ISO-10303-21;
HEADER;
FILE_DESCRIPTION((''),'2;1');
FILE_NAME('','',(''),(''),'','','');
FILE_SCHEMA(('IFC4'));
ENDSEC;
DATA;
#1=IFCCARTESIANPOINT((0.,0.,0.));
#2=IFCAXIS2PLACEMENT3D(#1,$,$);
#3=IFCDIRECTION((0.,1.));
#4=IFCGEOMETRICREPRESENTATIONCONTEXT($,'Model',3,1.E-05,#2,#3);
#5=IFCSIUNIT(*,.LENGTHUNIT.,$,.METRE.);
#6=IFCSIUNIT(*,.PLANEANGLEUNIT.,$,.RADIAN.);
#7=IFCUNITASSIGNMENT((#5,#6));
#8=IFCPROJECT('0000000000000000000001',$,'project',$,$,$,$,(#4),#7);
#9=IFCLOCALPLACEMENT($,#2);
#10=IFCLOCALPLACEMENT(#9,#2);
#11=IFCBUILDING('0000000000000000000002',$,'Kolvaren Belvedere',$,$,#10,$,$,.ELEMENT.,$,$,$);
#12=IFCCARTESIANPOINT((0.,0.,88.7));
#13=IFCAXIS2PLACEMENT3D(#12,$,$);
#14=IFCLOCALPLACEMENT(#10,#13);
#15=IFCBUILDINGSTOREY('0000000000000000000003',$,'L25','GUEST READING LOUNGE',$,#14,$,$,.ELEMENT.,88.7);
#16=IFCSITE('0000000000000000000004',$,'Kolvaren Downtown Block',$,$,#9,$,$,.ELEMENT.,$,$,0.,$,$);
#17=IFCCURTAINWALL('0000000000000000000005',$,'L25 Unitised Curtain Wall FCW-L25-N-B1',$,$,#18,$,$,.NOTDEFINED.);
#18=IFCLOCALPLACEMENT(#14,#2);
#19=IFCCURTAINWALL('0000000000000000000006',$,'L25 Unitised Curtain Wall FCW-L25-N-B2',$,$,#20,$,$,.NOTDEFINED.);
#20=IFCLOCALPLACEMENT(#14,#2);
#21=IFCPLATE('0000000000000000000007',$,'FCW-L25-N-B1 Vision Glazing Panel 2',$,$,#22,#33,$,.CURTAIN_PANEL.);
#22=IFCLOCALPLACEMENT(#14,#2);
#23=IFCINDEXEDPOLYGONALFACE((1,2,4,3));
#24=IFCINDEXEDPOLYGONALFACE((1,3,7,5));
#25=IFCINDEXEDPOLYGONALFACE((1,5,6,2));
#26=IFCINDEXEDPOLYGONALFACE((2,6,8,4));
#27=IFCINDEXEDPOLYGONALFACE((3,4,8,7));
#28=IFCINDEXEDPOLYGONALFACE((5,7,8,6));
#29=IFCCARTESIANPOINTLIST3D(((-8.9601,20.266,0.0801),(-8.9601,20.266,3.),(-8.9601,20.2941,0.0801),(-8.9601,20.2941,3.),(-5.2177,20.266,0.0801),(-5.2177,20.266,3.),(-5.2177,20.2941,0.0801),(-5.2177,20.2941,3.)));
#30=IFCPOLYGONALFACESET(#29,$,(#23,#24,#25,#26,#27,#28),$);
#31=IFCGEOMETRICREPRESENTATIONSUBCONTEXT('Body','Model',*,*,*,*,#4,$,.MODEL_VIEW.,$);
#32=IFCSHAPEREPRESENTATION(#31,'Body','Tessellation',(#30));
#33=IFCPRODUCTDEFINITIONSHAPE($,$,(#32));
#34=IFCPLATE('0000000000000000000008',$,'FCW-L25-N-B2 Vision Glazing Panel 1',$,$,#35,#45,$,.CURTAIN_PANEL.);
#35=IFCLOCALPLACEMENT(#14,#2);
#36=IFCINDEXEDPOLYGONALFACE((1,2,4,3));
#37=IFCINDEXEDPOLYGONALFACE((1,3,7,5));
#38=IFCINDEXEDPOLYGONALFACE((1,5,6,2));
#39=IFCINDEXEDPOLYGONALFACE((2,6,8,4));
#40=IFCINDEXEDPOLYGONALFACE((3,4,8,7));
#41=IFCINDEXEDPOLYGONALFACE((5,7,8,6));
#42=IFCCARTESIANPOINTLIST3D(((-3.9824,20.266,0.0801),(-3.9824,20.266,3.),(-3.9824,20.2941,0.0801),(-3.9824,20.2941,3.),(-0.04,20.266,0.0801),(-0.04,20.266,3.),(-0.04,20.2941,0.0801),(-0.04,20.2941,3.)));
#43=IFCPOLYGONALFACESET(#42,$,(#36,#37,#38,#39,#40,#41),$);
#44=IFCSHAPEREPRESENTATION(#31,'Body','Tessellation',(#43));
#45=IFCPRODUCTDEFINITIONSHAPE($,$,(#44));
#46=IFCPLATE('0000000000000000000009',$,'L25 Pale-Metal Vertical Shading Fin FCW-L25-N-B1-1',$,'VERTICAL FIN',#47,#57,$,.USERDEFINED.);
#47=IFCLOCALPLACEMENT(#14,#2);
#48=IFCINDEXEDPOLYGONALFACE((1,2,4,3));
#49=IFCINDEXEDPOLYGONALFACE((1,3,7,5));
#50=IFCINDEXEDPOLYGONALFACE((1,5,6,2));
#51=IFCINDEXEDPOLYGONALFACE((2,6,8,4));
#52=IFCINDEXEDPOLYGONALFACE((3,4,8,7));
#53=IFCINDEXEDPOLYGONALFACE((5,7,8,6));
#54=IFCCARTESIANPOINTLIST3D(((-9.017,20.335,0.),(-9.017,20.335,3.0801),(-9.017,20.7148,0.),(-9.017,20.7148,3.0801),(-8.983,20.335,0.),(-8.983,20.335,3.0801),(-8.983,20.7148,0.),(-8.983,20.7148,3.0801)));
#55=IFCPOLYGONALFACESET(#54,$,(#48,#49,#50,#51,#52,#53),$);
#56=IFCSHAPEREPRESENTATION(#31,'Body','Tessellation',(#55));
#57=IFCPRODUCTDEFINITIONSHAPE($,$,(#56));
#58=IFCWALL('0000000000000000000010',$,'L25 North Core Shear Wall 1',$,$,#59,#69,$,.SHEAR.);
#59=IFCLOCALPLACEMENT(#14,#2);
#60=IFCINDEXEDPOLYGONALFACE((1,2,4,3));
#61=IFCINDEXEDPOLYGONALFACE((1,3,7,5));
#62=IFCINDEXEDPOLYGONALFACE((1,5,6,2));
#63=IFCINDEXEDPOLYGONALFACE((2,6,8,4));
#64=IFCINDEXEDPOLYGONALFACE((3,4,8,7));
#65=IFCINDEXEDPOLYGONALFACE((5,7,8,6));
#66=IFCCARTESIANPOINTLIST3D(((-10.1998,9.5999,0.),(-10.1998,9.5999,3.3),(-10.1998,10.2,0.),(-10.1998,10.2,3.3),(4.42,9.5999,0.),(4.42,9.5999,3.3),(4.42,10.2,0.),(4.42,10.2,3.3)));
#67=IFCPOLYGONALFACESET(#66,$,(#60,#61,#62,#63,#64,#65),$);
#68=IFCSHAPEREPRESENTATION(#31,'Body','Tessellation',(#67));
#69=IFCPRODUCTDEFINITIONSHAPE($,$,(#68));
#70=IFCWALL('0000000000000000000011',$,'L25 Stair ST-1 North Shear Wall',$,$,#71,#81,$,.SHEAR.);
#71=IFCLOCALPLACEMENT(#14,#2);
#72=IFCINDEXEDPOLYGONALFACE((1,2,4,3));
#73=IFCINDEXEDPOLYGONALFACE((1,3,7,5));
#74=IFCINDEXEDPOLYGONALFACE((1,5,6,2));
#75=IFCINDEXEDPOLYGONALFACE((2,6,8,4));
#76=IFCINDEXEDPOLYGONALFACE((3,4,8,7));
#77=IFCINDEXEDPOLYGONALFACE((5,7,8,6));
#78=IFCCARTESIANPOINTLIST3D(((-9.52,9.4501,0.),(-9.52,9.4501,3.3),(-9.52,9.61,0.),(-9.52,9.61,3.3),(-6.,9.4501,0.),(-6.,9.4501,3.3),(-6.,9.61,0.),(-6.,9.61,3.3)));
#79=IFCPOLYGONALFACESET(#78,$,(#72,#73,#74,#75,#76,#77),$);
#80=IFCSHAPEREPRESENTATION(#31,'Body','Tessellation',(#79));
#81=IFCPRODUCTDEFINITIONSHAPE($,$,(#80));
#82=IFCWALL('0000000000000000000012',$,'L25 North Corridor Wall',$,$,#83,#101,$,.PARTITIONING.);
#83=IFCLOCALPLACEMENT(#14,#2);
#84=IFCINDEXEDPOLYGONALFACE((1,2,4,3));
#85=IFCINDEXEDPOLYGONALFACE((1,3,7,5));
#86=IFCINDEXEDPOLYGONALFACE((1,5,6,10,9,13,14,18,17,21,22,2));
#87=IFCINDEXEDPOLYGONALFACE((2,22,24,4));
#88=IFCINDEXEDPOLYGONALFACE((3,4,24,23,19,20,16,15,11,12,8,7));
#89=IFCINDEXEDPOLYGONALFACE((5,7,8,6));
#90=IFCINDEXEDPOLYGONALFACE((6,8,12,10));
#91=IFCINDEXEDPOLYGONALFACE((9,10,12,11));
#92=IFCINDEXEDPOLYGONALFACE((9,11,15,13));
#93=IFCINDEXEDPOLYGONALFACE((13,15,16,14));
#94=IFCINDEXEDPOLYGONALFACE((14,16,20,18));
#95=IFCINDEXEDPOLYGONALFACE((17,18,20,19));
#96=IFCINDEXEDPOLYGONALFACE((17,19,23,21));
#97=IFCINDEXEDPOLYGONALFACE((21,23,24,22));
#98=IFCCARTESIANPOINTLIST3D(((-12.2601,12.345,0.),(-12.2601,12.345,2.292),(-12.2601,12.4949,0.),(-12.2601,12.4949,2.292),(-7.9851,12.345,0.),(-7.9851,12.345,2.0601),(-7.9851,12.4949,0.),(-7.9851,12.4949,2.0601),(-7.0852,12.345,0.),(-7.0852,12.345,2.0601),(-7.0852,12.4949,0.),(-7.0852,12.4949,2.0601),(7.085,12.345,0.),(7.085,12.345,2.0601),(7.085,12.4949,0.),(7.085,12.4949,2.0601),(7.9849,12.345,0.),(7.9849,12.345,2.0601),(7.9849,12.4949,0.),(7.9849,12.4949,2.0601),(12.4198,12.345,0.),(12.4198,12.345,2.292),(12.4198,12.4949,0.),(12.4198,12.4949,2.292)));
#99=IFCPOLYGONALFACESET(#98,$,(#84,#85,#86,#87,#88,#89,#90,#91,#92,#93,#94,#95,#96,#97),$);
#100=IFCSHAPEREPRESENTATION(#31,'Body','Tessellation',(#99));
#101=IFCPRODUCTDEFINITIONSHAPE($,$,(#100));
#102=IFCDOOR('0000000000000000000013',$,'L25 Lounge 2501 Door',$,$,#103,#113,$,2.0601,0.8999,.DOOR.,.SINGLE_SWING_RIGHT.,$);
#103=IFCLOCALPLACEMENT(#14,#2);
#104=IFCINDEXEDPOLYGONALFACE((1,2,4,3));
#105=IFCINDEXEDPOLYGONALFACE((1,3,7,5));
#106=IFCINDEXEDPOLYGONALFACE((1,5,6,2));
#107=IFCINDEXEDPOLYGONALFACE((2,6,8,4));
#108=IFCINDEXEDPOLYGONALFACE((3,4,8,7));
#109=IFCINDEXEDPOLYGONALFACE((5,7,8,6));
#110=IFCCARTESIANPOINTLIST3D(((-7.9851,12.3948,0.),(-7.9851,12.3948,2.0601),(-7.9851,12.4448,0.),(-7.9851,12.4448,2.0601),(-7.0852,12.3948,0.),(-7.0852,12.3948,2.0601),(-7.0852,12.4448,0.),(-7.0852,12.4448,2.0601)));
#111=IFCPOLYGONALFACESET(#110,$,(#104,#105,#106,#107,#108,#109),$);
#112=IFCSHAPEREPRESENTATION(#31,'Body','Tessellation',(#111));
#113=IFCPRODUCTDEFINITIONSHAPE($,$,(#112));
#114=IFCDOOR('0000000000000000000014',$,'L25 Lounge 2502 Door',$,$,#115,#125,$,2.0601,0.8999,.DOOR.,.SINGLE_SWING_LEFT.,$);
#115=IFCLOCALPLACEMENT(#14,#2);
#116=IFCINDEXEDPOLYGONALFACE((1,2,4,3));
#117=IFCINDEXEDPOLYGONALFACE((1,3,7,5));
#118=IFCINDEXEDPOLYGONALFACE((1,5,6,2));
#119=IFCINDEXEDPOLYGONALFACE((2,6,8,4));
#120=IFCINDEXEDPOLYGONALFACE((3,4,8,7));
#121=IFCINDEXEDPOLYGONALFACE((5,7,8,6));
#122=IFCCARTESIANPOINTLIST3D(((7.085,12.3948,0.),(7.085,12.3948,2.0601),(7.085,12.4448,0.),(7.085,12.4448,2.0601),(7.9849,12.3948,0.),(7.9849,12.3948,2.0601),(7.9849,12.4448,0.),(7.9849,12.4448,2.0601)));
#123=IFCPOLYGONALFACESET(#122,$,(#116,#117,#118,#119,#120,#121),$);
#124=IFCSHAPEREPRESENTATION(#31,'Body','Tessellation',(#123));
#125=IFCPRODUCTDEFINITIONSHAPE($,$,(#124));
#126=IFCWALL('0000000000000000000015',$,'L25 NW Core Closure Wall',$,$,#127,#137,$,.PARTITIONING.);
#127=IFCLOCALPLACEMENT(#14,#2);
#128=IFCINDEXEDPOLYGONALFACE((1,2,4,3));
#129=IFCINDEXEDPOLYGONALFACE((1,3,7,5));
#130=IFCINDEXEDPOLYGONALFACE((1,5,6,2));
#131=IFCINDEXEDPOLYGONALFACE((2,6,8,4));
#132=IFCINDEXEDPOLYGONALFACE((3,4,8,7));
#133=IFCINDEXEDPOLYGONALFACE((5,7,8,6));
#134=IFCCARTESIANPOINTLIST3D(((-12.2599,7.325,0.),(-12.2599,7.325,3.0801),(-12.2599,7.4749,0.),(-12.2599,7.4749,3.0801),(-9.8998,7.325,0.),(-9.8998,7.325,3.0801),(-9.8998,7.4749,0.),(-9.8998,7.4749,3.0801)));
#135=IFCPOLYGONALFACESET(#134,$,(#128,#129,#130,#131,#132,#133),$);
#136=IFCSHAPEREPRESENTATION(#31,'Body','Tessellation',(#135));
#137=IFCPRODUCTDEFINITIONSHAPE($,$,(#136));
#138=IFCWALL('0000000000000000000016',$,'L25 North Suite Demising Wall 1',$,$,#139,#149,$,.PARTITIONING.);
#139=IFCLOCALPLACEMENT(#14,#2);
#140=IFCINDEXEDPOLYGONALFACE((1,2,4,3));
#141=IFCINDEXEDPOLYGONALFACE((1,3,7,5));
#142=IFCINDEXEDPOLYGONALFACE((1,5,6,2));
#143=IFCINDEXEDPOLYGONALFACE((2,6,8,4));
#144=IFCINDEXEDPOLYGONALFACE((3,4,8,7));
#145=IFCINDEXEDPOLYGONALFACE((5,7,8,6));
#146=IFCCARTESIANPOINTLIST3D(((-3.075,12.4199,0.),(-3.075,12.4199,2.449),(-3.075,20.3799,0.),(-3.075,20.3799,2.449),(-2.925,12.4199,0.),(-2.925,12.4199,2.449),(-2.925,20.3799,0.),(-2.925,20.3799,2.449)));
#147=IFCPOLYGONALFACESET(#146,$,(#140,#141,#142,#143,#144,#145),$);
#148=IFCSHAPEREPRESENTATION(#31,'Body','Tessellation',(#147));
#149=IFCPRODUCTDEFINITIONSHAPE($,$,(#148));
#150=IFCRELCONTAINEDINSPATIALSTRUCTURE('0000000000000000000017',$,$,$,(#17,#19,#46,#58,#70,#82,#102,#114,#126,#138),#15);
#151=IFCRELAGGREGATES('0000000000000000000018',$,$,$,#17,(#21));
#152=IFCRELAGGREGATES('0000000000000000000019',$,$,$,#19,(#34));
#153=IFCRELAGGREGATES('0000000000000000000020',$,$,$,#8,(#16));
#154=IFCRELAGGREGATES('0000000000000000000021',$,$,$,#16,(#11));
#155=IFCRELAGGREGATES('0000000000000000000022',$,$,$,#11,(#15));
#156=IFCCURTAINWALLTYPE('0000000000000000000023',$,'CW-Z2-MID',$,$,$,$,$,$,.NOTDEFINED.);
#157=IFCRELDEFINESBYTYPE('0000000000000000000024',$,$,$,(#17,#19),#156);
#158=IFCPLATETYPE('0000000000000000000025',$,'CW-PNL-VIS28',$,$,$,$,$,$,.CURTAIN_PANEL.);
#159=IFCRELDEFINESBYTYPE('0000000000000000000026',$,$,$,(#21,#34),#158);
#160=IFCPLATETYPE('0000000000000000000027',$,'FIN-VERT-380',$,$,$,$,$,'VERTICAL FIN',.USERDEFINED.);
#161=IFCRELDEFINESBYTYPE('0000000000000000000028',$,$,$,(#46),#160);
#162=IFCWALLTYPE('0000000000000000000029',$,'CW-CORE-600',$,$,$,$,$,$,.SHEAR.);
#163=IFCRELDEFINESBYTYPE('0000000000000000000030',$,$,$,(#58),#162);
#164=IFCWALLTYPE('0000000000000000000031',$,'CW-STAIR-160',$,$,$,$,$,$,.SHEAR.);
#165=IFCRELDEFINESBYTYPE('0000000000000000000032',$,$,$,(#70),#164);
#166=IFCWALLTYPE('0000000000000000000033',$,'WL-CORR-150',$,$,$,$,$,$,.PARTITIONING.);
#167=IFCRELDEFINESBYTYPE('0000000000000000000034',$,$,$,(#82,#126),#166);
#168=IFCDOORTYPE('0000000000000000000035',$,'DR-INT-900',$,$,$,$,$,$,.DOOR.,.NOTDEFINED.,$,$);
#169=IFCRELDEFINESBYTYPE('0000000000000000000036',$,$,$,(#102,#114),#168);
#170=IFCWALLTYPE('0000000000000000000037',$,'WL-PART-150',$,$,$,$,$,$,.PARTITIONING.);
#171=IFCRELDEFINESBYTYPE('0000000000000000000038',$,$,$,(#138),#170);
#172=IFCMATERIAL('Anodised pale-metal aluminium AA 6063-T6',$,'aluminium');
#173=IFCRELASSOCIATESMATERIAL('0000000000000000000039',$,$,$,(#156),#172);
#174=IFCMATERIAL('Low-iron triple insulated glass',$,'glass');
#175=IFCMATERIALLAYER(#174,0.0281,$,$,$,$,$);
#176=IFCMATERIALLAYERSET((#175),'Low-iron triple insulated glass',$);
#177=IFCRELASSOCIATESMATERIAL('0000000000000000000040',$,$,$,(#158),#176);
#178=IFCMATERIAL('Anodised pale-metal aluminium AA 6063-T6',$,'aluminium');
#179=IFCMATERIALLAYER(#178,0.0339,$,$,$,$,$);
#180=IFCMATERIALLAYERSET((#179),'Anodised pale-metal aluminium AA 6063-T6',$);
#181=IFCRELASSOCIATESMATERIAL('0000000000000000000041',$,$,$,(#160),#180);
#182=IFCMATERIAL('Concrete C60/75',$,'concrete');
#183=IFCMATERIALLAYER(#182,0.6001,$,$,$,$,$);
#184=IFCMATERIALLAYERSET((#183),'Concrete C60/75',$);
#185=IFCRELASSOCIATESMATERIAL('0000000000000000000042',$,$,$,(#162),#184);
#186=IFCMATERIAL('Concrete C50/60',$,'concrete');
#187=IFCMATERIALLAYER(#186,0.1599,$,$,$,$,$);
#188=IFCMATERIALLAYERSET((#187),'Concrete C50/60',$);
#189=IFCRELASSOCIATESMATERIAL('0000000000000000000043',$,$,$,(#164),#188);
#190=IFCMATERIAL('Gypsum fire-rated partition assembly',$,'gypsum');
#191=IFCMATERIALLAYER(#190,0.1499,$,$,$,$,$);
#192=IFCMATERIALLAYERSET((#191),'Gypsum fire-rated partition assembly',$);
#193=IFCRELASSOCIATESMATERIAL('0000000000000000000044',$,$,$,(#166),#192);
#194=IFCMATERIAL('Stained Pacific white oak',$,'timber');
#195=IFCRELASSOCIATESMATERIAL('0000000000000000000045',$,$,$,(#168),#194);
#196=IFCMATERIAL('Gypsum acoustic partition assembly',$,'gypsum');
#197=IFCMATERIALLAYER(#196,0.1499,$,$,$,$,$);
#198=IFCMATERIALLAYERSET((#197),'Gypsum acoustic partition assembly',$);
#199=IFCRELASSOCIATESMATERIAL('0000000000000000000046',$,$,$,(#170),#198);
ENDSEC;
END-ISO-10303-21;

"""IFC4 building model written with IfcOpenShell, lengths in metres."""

from ifc_helpers import new_model, si_unit, direction, frame, frame_2d, origin, origin_2d, place, context, subcontext, project, spatial, rectangle, extrude, material, layer, layer_set, type_object, element, fill, aggregate, save


model = new_model("IFC4")

# Units and contexts
model_context = context("Model", 3, precision=1e-05, world=origin(), true_north=direction((0.0, 1.0)))
body_context = subcontext(model_context, "Body", "Model", "MODEL_VIEW")
ifc_project = project(units=[si_unit("LENGTHUNIT", "METRE"), si_unit("PLANEANGLEUNIT", "RADIAN")], contexts=[model_context])

# Site, building, storey
site_placement = place(None, origin())
site = spatial("IfcSite", under=ifc_project, at=site_placement, Name="Kolvaren Downtown Block", CompositionType="ELEMENT", RefElevation=0.0)
building_placement = place(site_placement, origin())
building = spatial("IfcBuilding", under=site, at=building_placement, Name="Kolvaren Belvedere", CompositionType="ELEMENT")
storey_placement = place(building_placement, frame((0.0, 0.0, 88.7)))
storey = spatial("IfcBuildingStorey", under=building, at=storey_placement, Name="L25", Description="GUEST READING LOUNGE", CompositionType="ELEMENT", Elevation=88.7)

# Curtain wall
ifc_material_1 = material(Name="Anodised pale-metal aluminium AA 6063-T6", Category="aluminium")
curtain_wall_type = type_object("IfcCurtainWallType", Name="CW-Z2-MID", PredefinedType="NOTDEFINED", material=ifc_material_1)
curtain_wall_1_placement = place(storey_placement, origin())
curtain_wall_1 = element("IfcCurtainWall", 1, at=curtain_wall_1_placement, inside=storey, type_object=curtain_wall_type, Name="L25 Unitised Curtain Wall FCW-L25-N-B1", PredefinedType="NOTDEFINED")

# Curtain wall
curtain_wall_2_placement = place(storey_placement, origin())
curtain_wall_2 = element("IfcCurtainWall", 2, at=curtain_wall_2_placement, inside=storey, type_object=curtain_wall_type, Name="L25 Unitised Curtain Wall FCW-L25-N-B2", PredefinedType="NOTDEFINED")

# Plates
ifc_material_2 = material(Name="Low-iron triple insulated glass", Category="glass")
ifc_layer_1 = layer(ifc_material_2, 0.0281)
ifc_layer_set_1 = layer_set([ifc_layer_1], Name="Low-iron triple insulated glass")
plate_type_1 = type_object("IfcPlateType", Name="CW-PNL-VIS28", PredefinedType="CURTAIN_PANEL", material=ifc_layer_set_1)
plate_1_placement = place(storey_placement, frame((-7.0889, 20.28, 0.0801), z_axis=(0.0, 0.0, 1.0), x_axis=(1.0, 0.0, 0.0)))
plate_1 = element("IfcPlate", 3, at=plate_1_placement, type_object=plate_type_1, Name="FCW-L25-N-B1 Vision Glazing Panel 2", PredefinedType="CURTAIN_PANEL", context=body_context, shape_type="SweptSolid", body=[
    extrude(rectangle(XDim=3.7424, YDim=0.0281, at=origin_2d()), origin(), (0.0, 0.0, 1.0), 2.9199),
])
aggregate(curtain_wall_1, [plate_1])
plate_2_placement = place(storey_placement, frame((-2.0112, 20.28, 0.0801), z_axis=(0.0, 0.0, 1.0), x_axis=(1.0, 0.0, 0.0)))
plate_2 = element("IfcPlate", 4, at=plate_2_placement, type_object=plate_type_1, Name="FCW-L25-N-B2 Vision Glazing Panel 1", PredefinedType="CURTAIN_PANEL", context=body_context, shape_type="SweptSolid", body=[
    extrude(rectangle(XDim=3.9424, YDim=0.0281, at=origin_2d()), origin(), (0.0, 0.0, 1.0), 2.9199),
])
aggregate(curtain_wall_2, [plate_2])
ifc_material_3 = material(Name="Anodised pale-metal aluminium AA 6063-T6", Category="aluminium")
ifc_layer_2 = layer(ifc_material_3, 0.0339)
ifc_layer_set_2 = layer_set([ifc_layer_2], Name="Anodised pale-metal aluminium AA 6063-T6")
plate_type_2 = type_object("IfcPlateType", Name="FIN-VERT-380", ElementType="VERTICAL FIN", PredefinedType="USERDEFINED", material=ifc_layer_set_2)
plate_3_placement = place(storey_placement, frame((-9.0, 20.5249, 0.0), z_axis=(0.0, 0.0, 1.0), x_axis=(0.0, 1.0, 0.0)))
element("IfcPlate", 5, at=plate_3_placement, inside=storey, type_object=plate_type_2, Name="L25 Pale-Metal Vertical Shading Fin FCW-L25-N-B1-1", ObjectType="VERTICAL FIN", PredefinedType="USERDEFINED", context=body_context, shape_type="SweptSolid", body=[
    extrude(rectangle(XDim=0.3799, YDim=0.0339, at=origin_2d()), origin(), (0.0, 0.0, 1.0), 3.0801),
])

# Walls
ifc_material_4 = material(Name="Concrete C60/75", Category="concrete")
ifc_layer_3 = layer(ifc_material_4, 0.6001)
ifc_layer_set_3 = layer_set([ifc_layer_3], Name="Concrete C60/75")
wall_type_1 = type_object("IfcWallType", Name="CW-CORE-600", PredefinedType="SHEAR", material=ifc_layer_set_3)
wall_1_placement = place(storey_placement, frame((-10.2, 9.8999, 0.0), z_axis=(0.0, 0.0, 1.0), x_axis=(1.0, 0.0, 0.0)))
element("IfcWall", 6, at=wall_1_placement, inside=storey, type_object=wall_type_1, Name="L25 North Core Shear Wall 1", PredefinedType="SHEAR", context=body_context, shape_type="SweptSolid", body=[
    extrude(rectangle(XDim=14.6199, YDim=0.6001, at=frame_2d((7.3101, 0.0))), origin(), (0.0, 0.0, 1.0), 3.3),
])
ifc_material_5 = material(Name="Concrete C50/60", Category="concrete")
ifc_layer_4 = layer(ifc_material_5, 0.1599)
ifc_layer_set_4 = layer_set([ifc_layer_4], Name="Concrete C50/60")
wall_type_2 = type_object("IfcWallType", Name="CW-STAIR-160", PredefinedType="SHEAR", material=ifc_layer_set_4)
wall_2_placement = place(storey_placement, frame((-9.52, 9.53, 0.0), z_axis=(0.0, 0.0, 1.0), x_axis=(1.0, 0.0, 0.0)))
element("IfcWall", 7, at=wall_2_placement, inside=storey, type_object=wall_type_2, Name="L25 Stair ST-1 North Shear Wall", PredefinedType="SHEAR", context=body_context, shape_type="SweptSolid", body=[
    extrude(rectangle(XDim=3.52, YDim=0.1599, at=frame_2d((1.76, 0.0))), origin(), (0.0, 0.0, 1.0), 3.3),
])

# Wall, openings, doors
ifc_material_6 = material(Name="Gypsum fire-rated partition assembly", Category="gypsum")
ifc_layer_5 = layer(ifc_material_6, 0.1499)
ifc_layer_set_5 = layer_set([ifc_layer_5], Name="Gypsum fire-rated partition assembly")
wall_type_3 = type_object("IfcWallType", Name="WL-CORR-150", PredefinedType="PARTITIONING", material=ifc_layer_set_5)
wall_3_placement = place(storey_placement, frame((-12.26, 12.4199, 0.0), z_axis=(0.0, 0.0, 1.0), x_axis=(1.0, 0.0, 0.0)))
wall_3 = element("IfcWall", 8, at=wall_3_placement, inside=storey, type_object=wall_type_3, Name="L25 North Corridor Wall", PredefinedType="PARTITIONING", context=body_context, shape_type="SweptSolid", body=[
    extrude(rectangle(XDim=24.6799, YDim=0.1499, at=frame_2d((12.3398, 0.0))), origin(), (0.0, 0.0, 1.0), 2.292),
])
opening_1_placement = place(wall_3_placement, frame((4.2749, 0.0, 0.0)))
opening_1 = element("IfcOpeningElement", 9, at=opening_1_placement, cuts=wall_3, PredefinedType="OPENING", context=body_context, shape_type="SweptSolid", body=[
    extrude(rectangle(XDim=0.8999, YDim=2.0601, at=frame_2d((0.45, 1.03))), frame((0.0, 0.085, 0.0), z_axis=(0.0, -1.0, 0.0), x_axis=(1.0, 0.0, 0.0)), (0.0, 0.0, 1.0), 0.1699),
])
opening_2_placement = place(wall_3_placement, frame((19.345, 0.0, 0.0)))
opening_2 = element("IfcOpeningElement", 10, at=opening_2_placement, cuts=wall_3, PredefinedType="OPENING", context=body_context, shape_type="SweptSolid", body=[
    extrude(rectangle(XDim=0.8999, YDim=2.0601, at=frame_2d((0.45, 1.03))), frame((0.0, 0.085, 0.0), z_axis=(0.0, -1.0, 0.0), x_axis=(1.0, 0.0, 0.0)), (0.0, 0.0, 1.0), 0.1699),
])
ifc_material_7 = material(Name="Stained Pacific white oak", Category="timber")
door_type = type_object("IfcDoorType", Name="DR-INT-900", OperationType="NOTDEFINED", PredefinedType="DOOR", material=ifc_material_7)
door_1_placement = place(opening_1_placement, origin())
door_1 = element("IfcDoor", 11, at=door_1_placement, inside=storey, type_object=door_type, Name="L25 Lounge 2501 Door", OperationType="SINGLE_SWING_RIGHT", OverallHeight=2.0601, OverallWidth=0.8999, PredefinedType="DOOR", context=body_context, shape_type="SweptSolid", body=[
    extrude(rectangle(XDim=0.8999, YDim=2.0601, at=frame_2d((0.45, 1.03))), frame((0.0, 0.0249, 0.0), z_axis=(0.0, -1.0, 0.0), x_axis=(1.0, 0.0, 0.0)), (0.0, 0.0, 1.0), 0.05),
])
fill(opening_1, door_1)
door_2_placement = place(opening_2_placement, origin())
door_2 = element("IfcDoor", 12, at=door_2_placement, inside=storey, type_object=door_type, Name="L25 Lounge 2502 Door", OperationType="SINGLE_SWING_LEFT", OverallHeight=2.0601, OverallWidth=0.8999, PredefinedType="DOOR", context=body_context, shape_type="SweptSolid", body=[
    extrude(rectangle(XDim=0.8999, YDim=2.0601, at=frame_2d((0.45, 1.03))), frame((0.0, 0.0249, 0.0), z_axis=(0.0, -1.0, 0.0), x_axis=(1.0, 0.0, 0.0)), (0.0, 0.0, 1.0), 0.05),
])
fill(opening_2, door_2)

# Walls
wall_4_placement = place(storey_placement, frame((-12.26, 7.3999, 0.0), z_axis=(0.0, 0.0, 1.0), x_axis=(1.0, 0.0, 0.0)))
element("IfcWall", 13, at=wall_4_placement, inside=storey, type_object=wall_type_3, Name="L25 NW Core Closure Wall", PredefinedType="PARTITIONING", context=body_context, shape_type="SweptSolid", body=[
    extrude(rectangle(XDim=2.3601, YDim=0.1499, at=frame_2d((1.1802, 0.0))), origin(), (0.0, 0.0, 1.0), 3.0801),
])
ifc_material_8 = material(Name="Gypsum acoustic partition assembly", Category="gypsum")
ifc_layer_6 = layer(ifc_material_8, 0.1499)
ifc_layer_set_6 = layer_set([ifc_layer_6], Name="Gypsum acoustic partition assembly")
wall_type_4 = type_object("IfcWallType", Name="WL-PART-150", PredefinedType="PARTITIONING", material=ifc_layer_set_6)
wall_5_placement = place(storey_placement, frame((-3.0, 12.4199, 0.0), z_axis=(0.0, 0.0, 1.0), x_axis=(0.0, 1.0, 0.0)))
element("IfcWall", 14, at=wall_5_placement, inside=storey, type_object=wall_type_4, Name="L25 North Suite Demising Wall 1", PredefinedType="PARTITIONING", context=body_context, shape_type="SweptSolid", body=[
    extrude(rectangle(XDim=7.96, YDim=0.1499, at=frame_2d((3.98, 0.0))), origin(), (0.0, 0.0, 1.0), 2.449),
])

save(model, "model.ifc")
